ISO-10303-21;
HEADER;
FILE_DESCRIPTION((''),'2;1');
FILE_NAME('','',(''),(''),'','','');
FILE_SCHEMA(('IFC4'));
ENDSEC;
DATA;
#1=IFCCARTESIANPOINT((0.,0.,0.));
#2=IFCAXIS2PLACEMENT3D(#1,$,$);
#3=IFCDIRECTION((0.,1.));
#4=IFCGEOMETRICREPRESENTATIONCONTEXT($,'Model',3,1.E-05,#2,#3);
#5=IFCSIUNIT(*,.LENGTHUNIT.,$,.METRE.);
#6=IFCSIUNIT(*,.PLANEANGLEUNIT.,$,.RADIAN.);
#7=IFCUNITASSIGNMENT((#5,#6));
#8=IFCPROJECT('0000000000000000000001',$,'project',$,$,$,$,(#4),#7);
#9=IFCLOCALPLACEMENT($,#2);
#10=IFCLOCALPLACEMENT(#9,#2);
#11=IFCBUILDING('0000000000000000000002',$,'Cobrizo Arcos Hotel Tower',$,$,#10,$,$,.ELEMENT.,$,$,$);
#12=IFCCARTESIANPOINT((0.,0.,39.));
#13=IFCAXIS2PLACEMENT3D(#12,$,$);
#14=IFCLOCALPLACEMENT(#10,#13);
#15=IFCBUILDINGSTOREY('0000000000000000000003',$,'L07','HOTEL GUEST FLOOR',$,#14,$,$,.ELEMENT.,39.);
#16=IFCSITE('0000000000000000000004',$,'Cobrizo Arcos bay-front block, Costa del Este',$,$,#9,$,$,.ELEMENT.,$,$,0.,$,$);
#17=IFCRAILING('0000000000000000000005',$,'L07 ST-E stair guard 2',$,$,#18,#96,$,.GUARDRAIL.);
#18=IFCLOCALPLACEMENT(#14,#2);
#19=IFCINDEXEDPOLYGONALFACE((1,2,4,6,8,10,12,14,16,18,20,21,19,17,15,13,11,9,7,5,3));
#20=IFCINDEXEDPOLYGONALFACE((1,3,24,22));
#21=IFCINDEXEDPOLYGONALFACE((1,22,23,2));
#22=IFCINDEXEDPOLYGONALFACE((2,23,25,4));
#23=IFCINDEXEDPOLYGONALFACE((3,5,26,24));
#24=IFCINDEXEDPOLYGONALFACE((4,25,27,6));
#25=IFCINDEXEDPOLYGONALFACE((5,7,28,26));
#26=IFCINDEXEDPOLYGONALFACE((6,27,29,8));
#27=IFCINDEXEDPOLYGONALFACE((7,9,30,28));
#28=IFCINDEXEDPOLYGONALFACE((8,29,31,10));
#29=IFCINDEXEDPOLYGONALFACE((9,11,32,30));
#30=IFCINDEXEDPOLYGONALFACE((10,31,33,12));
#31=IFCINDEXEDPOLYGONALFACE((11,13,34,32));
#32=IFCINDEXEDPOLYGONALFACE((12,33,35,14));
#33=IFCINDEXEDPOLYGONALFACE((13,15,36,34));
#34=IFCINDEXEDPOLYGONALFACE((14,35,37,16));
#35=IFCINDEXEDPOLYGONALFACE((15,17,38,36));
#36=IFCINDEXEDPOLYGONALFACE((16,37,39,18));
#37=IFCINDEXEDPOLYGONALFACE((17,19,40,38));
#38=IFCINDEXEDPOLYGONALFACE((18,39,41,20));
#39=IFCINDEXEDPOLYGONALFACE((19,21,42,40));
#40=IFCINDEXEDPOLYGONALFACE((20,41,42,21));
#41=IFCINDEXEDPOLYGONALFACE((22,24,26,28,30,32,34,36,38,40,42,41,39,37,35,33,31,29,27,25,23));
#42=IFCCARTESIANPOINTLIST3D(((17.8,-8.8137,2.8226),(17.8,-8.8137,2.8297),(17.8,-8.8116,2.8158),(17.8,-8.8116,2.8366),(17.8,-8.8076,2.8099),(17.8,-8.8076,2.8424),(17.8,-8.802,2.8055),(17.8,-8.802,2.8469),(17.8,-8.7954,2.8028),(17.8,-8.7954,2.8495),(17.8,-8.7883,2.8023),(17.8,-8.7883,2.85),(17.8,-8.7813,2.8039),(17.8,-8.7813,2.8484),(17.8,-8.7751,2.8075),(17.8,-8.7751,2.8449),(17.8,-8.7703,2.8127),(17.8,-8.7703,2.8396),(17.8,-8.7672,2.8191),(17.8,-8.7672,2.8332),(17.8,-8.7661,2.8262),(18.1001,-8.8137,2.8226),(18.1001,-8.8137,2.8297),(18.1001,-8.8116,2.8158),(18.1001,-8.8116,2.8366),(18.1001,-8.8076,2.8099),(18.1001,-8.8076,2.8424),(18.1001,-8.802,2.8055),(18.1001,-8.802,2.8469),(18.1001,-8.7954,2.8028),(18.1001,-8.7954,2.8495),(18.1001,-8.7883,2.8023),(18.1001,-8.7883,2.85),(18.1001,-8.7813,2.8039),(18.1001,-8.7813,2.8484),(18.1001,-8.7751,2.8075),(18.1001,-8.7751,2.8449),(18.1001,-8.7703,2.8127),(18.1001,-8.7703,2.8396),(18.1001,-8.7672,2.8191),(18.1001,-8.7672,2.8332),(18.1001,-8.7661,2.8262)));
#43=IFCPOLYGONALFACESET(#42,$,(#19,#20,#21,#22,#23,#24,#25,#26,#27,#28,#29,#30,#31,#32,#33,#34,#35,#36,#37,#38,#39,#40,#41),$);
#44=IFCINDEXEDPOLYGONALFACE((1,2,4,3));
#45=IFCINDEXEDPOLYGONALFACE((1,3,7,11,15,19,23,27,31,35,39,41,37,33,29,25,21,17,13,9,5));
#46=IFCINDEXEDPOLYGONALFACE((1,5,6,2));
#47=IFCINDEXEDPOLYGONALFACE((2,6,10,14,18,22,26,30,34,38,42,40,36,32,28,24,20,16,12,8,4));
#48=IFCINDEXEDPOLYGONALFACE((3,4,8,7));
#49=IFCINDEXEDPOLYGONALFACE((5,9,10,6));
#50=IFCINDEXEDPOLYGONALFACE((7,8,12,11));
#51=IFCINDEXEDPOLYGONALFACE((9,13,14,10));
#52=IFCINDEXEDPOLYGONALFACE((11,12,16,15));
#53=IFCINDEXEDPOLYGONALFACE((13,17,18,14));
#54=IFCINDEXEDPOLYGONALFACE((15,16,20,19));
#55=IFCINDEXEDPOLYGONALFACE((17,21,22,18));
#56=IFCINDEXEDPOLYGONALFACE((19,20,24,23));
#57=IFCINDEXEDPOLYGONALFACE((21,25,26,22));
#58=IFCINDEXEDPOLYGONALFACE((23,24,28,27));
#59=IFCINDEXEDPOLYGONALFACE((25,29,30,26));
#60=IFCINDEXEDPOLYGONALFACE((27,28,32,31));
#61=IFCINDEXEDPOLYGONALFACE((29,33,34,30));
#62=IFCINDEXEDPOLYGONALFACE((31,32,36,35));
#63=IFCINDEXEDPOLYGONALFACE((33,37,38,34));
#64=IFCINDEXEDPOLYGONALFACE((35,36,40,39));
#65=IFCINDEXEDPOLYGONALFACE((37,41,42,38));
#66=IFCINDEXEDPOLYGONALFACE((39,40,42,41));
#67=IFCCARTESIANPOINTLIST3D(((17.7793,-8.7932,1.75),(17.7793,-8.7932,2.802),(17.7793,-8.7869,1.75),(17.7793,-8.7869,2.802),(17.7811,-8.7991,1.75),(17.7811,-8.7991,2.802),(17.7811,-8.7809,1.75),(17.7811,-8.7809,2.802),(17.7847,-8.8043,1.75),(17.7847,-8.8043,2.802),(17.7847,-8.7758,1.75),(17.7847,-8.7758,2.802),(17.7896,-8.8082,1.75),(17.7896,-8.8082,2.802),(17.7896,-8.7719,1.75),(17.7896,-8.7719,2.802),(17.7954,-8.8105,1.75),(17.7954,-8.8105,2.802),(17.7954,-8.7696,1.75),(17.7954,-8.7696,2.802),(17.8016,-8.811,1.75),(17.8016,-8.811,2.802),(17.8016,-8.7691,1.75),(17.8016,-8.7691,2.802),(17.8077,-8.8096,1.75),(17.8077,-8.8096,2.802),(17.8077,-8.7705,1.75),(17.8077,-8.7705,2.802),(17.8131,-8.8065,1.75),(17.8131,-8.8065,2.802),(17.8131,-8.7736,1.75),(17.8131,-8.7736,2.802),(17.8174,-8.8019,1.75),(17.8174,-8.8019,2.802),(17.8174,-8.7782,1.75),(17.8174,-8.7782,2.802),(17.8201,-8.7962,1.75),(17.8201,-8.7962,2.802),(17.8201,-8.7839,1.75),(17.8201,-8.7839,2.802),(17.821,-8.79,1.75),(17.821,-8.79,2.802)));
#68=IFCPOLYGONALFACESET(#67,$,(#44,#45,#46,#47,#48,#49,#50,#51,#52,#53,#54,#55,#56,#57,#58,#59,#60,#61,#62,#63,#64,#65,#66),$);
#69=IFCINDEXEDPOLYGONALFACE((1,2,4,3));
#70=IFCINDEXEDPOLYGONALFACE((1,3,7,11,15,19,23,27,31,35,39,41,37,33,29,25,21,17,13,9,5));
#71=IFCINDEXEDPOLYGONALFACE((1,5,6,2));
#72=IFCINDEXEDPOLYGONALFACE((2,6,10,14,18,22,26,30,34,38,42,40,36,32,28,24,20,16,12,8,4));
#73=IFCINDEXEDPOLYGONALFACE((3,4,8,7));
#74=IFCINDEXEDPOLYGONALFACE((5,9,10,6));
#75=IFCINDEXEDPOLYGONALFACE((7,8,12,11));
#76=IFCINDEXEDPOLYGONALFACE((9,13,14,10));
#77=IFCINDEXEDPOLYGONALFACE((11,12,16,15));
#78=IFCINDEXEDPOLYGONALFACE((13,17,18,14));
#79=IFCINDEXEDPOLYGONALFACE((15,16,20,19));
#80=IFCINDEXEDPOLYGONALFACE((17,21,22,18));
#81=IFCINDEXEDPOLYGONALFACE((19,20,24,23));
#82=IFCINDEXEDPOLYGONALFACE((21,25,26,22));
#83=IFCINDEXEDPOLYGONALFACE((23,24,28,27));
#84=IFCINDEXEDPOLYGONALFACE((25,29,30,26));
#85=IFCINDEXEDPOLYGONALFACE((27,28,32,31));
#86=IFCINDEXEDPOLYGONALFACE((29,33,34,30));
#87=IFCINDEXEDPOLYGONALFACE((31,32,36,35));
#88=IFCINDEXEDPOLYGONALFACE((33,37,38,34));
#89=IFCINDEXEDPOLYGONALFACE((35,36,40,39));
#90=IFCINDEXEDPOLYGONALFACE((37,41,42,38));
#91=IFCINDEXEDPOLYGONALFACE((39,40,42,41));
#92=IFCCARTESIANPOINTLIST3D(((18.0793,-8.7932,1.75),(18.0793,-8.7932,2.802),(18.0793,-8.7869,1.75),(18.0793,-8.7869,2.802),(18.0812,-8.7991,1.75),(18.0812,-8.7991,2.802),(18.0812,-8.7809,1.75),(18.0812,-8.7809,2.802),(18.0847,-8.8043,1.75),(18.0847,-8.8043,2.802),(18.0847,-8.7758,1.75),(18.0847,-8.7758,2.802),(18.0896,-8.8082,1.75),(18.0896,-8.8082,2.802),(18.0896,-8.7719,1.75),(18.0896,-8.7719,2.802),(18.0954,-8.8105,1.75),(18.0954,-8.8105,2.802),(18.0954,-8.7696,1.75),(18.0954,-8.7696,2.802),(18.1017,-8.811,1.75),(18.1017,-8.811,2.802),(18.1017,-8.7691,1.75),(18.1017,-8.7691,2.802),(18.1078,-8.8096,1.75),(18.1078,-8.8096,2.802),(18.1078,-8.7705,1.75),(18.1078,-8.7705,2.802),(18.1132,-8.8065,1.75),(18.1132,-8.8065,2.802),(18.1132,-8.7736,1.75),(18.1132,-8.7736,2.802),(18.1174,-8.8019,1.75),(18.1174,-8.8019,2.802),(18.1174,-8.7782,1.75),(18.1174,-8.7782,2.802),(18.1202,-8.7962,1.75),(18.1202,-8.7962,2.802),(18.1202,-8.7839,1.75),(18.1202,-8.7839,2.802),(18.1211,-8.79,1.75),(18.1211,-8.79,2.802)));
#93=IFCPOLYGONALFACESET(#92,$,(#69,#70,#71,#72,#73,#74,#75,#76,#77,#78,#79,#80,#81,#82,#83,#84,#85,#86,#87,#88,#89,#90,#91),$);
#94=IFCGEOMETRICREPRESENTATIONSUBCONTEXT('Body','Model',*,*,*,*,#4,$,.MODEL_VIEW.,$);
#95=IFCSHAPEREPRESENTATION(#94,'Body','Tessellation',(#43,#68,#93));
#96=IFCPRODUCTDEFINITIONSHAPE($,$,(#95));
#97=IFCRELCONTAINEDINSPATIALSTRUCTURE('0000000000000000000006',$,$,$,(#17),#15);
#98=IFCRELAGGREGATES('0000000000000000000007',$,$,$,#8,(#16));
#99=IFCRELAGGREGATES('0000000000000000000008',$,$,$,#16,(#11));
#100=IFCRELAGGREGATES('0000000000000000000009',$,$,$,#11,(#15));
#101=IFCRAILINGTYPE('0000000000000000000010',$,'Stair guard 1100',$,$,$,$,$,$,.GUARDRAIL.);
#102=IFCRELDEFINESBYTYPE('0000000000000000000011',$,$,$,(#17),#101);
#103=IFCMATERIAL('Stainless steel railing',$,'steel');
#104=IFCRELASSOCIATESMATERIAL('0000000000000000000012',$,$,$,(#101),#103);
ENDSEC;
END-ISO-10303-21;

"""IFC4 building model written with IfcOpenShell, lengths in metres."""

from ifc_helpers import new_model, si_unit, direction, frame, origin, origin_2d, place, context, subcontext, project, spatial, circle, extrude, material, type_object, element, save


model = new_model("IFC4")

# Units and contexts
model_context = context("Model", 3, precision=1e-05, world=origin(), true_north=direction((0.0, 1.0)))
body_context = subcontext(model_context, "Body", "Model", "MODEL_VIEW")
ifc_project = project(units=[si_unit("LENGTHUNIT", "METRE"), si_unit("PLANEANGLEUNIT", "RADIAN")], contexts=[model_context])

# Site, building, storey
site_placement = place(None, origin())
site = spatial("IfcSite", under=ifc_project, at=site_placement, Name="Cobrizo Arcos bay-front block, Costa del Este", CompositionType="ELEMENT", RefElevation=0.0)
building_placement = place(site_placement, origin())
building = spatial("IfcBuilding", under=site, at=building_placement, Name="Cobrizo Arcos Hotel Tower", CompositionType="ELEMENT")
storey_placement = place(building_placement, frame((0.0, 0.0, 39.0)))
storey = spatial("IfcBuildingStorey", under=building, at=storey_placement, Name="L07", Description="HOTEL GUEST FLOOR", CompositionType="ELEMENT", Elevation=39.0)

# Railing
ifc_material_1 = material(Name="Stainless steel railing", Category="steel")
railing_type_1 = type_object("IfcRailingType", Name="Stair guard 1100", PredefinedType="GUARDRAIL", material=ifc_material_1)
railing_1_placement = place(storey_placement, frame((17.8, -8.79, 1.75)))
element("IfcRailing", 1, at=railing_1_placement, inside=storey, type_object=railing_type_1, Name="L07 ST-E stair guard 2", PredefinedType="GUARDRAIL", context=body_context, shape_type="SweptSolid", body=[
    extrude(circle(Radius=0.0239, at=origin_2d()), frame((0.0, 0.0, 1.0762), z_axis=(1.0, 0.0, 0.0), x_axis=(0.0, 1.0, 0.0)), (0.0, 0.0, 1.0), 0.3),
    extrude(circle(Radius=0.021, at=origin_2d()), origin(), (0.0, 0.0, 1.0), 1.052),
    extrude(circle(Radius=0.021, at=origin_2d()), frame((0.3, 0.0, 0.0)), (0.0, 0.0, 1.0), 1.052),
])

save(model, "model.ifc")
